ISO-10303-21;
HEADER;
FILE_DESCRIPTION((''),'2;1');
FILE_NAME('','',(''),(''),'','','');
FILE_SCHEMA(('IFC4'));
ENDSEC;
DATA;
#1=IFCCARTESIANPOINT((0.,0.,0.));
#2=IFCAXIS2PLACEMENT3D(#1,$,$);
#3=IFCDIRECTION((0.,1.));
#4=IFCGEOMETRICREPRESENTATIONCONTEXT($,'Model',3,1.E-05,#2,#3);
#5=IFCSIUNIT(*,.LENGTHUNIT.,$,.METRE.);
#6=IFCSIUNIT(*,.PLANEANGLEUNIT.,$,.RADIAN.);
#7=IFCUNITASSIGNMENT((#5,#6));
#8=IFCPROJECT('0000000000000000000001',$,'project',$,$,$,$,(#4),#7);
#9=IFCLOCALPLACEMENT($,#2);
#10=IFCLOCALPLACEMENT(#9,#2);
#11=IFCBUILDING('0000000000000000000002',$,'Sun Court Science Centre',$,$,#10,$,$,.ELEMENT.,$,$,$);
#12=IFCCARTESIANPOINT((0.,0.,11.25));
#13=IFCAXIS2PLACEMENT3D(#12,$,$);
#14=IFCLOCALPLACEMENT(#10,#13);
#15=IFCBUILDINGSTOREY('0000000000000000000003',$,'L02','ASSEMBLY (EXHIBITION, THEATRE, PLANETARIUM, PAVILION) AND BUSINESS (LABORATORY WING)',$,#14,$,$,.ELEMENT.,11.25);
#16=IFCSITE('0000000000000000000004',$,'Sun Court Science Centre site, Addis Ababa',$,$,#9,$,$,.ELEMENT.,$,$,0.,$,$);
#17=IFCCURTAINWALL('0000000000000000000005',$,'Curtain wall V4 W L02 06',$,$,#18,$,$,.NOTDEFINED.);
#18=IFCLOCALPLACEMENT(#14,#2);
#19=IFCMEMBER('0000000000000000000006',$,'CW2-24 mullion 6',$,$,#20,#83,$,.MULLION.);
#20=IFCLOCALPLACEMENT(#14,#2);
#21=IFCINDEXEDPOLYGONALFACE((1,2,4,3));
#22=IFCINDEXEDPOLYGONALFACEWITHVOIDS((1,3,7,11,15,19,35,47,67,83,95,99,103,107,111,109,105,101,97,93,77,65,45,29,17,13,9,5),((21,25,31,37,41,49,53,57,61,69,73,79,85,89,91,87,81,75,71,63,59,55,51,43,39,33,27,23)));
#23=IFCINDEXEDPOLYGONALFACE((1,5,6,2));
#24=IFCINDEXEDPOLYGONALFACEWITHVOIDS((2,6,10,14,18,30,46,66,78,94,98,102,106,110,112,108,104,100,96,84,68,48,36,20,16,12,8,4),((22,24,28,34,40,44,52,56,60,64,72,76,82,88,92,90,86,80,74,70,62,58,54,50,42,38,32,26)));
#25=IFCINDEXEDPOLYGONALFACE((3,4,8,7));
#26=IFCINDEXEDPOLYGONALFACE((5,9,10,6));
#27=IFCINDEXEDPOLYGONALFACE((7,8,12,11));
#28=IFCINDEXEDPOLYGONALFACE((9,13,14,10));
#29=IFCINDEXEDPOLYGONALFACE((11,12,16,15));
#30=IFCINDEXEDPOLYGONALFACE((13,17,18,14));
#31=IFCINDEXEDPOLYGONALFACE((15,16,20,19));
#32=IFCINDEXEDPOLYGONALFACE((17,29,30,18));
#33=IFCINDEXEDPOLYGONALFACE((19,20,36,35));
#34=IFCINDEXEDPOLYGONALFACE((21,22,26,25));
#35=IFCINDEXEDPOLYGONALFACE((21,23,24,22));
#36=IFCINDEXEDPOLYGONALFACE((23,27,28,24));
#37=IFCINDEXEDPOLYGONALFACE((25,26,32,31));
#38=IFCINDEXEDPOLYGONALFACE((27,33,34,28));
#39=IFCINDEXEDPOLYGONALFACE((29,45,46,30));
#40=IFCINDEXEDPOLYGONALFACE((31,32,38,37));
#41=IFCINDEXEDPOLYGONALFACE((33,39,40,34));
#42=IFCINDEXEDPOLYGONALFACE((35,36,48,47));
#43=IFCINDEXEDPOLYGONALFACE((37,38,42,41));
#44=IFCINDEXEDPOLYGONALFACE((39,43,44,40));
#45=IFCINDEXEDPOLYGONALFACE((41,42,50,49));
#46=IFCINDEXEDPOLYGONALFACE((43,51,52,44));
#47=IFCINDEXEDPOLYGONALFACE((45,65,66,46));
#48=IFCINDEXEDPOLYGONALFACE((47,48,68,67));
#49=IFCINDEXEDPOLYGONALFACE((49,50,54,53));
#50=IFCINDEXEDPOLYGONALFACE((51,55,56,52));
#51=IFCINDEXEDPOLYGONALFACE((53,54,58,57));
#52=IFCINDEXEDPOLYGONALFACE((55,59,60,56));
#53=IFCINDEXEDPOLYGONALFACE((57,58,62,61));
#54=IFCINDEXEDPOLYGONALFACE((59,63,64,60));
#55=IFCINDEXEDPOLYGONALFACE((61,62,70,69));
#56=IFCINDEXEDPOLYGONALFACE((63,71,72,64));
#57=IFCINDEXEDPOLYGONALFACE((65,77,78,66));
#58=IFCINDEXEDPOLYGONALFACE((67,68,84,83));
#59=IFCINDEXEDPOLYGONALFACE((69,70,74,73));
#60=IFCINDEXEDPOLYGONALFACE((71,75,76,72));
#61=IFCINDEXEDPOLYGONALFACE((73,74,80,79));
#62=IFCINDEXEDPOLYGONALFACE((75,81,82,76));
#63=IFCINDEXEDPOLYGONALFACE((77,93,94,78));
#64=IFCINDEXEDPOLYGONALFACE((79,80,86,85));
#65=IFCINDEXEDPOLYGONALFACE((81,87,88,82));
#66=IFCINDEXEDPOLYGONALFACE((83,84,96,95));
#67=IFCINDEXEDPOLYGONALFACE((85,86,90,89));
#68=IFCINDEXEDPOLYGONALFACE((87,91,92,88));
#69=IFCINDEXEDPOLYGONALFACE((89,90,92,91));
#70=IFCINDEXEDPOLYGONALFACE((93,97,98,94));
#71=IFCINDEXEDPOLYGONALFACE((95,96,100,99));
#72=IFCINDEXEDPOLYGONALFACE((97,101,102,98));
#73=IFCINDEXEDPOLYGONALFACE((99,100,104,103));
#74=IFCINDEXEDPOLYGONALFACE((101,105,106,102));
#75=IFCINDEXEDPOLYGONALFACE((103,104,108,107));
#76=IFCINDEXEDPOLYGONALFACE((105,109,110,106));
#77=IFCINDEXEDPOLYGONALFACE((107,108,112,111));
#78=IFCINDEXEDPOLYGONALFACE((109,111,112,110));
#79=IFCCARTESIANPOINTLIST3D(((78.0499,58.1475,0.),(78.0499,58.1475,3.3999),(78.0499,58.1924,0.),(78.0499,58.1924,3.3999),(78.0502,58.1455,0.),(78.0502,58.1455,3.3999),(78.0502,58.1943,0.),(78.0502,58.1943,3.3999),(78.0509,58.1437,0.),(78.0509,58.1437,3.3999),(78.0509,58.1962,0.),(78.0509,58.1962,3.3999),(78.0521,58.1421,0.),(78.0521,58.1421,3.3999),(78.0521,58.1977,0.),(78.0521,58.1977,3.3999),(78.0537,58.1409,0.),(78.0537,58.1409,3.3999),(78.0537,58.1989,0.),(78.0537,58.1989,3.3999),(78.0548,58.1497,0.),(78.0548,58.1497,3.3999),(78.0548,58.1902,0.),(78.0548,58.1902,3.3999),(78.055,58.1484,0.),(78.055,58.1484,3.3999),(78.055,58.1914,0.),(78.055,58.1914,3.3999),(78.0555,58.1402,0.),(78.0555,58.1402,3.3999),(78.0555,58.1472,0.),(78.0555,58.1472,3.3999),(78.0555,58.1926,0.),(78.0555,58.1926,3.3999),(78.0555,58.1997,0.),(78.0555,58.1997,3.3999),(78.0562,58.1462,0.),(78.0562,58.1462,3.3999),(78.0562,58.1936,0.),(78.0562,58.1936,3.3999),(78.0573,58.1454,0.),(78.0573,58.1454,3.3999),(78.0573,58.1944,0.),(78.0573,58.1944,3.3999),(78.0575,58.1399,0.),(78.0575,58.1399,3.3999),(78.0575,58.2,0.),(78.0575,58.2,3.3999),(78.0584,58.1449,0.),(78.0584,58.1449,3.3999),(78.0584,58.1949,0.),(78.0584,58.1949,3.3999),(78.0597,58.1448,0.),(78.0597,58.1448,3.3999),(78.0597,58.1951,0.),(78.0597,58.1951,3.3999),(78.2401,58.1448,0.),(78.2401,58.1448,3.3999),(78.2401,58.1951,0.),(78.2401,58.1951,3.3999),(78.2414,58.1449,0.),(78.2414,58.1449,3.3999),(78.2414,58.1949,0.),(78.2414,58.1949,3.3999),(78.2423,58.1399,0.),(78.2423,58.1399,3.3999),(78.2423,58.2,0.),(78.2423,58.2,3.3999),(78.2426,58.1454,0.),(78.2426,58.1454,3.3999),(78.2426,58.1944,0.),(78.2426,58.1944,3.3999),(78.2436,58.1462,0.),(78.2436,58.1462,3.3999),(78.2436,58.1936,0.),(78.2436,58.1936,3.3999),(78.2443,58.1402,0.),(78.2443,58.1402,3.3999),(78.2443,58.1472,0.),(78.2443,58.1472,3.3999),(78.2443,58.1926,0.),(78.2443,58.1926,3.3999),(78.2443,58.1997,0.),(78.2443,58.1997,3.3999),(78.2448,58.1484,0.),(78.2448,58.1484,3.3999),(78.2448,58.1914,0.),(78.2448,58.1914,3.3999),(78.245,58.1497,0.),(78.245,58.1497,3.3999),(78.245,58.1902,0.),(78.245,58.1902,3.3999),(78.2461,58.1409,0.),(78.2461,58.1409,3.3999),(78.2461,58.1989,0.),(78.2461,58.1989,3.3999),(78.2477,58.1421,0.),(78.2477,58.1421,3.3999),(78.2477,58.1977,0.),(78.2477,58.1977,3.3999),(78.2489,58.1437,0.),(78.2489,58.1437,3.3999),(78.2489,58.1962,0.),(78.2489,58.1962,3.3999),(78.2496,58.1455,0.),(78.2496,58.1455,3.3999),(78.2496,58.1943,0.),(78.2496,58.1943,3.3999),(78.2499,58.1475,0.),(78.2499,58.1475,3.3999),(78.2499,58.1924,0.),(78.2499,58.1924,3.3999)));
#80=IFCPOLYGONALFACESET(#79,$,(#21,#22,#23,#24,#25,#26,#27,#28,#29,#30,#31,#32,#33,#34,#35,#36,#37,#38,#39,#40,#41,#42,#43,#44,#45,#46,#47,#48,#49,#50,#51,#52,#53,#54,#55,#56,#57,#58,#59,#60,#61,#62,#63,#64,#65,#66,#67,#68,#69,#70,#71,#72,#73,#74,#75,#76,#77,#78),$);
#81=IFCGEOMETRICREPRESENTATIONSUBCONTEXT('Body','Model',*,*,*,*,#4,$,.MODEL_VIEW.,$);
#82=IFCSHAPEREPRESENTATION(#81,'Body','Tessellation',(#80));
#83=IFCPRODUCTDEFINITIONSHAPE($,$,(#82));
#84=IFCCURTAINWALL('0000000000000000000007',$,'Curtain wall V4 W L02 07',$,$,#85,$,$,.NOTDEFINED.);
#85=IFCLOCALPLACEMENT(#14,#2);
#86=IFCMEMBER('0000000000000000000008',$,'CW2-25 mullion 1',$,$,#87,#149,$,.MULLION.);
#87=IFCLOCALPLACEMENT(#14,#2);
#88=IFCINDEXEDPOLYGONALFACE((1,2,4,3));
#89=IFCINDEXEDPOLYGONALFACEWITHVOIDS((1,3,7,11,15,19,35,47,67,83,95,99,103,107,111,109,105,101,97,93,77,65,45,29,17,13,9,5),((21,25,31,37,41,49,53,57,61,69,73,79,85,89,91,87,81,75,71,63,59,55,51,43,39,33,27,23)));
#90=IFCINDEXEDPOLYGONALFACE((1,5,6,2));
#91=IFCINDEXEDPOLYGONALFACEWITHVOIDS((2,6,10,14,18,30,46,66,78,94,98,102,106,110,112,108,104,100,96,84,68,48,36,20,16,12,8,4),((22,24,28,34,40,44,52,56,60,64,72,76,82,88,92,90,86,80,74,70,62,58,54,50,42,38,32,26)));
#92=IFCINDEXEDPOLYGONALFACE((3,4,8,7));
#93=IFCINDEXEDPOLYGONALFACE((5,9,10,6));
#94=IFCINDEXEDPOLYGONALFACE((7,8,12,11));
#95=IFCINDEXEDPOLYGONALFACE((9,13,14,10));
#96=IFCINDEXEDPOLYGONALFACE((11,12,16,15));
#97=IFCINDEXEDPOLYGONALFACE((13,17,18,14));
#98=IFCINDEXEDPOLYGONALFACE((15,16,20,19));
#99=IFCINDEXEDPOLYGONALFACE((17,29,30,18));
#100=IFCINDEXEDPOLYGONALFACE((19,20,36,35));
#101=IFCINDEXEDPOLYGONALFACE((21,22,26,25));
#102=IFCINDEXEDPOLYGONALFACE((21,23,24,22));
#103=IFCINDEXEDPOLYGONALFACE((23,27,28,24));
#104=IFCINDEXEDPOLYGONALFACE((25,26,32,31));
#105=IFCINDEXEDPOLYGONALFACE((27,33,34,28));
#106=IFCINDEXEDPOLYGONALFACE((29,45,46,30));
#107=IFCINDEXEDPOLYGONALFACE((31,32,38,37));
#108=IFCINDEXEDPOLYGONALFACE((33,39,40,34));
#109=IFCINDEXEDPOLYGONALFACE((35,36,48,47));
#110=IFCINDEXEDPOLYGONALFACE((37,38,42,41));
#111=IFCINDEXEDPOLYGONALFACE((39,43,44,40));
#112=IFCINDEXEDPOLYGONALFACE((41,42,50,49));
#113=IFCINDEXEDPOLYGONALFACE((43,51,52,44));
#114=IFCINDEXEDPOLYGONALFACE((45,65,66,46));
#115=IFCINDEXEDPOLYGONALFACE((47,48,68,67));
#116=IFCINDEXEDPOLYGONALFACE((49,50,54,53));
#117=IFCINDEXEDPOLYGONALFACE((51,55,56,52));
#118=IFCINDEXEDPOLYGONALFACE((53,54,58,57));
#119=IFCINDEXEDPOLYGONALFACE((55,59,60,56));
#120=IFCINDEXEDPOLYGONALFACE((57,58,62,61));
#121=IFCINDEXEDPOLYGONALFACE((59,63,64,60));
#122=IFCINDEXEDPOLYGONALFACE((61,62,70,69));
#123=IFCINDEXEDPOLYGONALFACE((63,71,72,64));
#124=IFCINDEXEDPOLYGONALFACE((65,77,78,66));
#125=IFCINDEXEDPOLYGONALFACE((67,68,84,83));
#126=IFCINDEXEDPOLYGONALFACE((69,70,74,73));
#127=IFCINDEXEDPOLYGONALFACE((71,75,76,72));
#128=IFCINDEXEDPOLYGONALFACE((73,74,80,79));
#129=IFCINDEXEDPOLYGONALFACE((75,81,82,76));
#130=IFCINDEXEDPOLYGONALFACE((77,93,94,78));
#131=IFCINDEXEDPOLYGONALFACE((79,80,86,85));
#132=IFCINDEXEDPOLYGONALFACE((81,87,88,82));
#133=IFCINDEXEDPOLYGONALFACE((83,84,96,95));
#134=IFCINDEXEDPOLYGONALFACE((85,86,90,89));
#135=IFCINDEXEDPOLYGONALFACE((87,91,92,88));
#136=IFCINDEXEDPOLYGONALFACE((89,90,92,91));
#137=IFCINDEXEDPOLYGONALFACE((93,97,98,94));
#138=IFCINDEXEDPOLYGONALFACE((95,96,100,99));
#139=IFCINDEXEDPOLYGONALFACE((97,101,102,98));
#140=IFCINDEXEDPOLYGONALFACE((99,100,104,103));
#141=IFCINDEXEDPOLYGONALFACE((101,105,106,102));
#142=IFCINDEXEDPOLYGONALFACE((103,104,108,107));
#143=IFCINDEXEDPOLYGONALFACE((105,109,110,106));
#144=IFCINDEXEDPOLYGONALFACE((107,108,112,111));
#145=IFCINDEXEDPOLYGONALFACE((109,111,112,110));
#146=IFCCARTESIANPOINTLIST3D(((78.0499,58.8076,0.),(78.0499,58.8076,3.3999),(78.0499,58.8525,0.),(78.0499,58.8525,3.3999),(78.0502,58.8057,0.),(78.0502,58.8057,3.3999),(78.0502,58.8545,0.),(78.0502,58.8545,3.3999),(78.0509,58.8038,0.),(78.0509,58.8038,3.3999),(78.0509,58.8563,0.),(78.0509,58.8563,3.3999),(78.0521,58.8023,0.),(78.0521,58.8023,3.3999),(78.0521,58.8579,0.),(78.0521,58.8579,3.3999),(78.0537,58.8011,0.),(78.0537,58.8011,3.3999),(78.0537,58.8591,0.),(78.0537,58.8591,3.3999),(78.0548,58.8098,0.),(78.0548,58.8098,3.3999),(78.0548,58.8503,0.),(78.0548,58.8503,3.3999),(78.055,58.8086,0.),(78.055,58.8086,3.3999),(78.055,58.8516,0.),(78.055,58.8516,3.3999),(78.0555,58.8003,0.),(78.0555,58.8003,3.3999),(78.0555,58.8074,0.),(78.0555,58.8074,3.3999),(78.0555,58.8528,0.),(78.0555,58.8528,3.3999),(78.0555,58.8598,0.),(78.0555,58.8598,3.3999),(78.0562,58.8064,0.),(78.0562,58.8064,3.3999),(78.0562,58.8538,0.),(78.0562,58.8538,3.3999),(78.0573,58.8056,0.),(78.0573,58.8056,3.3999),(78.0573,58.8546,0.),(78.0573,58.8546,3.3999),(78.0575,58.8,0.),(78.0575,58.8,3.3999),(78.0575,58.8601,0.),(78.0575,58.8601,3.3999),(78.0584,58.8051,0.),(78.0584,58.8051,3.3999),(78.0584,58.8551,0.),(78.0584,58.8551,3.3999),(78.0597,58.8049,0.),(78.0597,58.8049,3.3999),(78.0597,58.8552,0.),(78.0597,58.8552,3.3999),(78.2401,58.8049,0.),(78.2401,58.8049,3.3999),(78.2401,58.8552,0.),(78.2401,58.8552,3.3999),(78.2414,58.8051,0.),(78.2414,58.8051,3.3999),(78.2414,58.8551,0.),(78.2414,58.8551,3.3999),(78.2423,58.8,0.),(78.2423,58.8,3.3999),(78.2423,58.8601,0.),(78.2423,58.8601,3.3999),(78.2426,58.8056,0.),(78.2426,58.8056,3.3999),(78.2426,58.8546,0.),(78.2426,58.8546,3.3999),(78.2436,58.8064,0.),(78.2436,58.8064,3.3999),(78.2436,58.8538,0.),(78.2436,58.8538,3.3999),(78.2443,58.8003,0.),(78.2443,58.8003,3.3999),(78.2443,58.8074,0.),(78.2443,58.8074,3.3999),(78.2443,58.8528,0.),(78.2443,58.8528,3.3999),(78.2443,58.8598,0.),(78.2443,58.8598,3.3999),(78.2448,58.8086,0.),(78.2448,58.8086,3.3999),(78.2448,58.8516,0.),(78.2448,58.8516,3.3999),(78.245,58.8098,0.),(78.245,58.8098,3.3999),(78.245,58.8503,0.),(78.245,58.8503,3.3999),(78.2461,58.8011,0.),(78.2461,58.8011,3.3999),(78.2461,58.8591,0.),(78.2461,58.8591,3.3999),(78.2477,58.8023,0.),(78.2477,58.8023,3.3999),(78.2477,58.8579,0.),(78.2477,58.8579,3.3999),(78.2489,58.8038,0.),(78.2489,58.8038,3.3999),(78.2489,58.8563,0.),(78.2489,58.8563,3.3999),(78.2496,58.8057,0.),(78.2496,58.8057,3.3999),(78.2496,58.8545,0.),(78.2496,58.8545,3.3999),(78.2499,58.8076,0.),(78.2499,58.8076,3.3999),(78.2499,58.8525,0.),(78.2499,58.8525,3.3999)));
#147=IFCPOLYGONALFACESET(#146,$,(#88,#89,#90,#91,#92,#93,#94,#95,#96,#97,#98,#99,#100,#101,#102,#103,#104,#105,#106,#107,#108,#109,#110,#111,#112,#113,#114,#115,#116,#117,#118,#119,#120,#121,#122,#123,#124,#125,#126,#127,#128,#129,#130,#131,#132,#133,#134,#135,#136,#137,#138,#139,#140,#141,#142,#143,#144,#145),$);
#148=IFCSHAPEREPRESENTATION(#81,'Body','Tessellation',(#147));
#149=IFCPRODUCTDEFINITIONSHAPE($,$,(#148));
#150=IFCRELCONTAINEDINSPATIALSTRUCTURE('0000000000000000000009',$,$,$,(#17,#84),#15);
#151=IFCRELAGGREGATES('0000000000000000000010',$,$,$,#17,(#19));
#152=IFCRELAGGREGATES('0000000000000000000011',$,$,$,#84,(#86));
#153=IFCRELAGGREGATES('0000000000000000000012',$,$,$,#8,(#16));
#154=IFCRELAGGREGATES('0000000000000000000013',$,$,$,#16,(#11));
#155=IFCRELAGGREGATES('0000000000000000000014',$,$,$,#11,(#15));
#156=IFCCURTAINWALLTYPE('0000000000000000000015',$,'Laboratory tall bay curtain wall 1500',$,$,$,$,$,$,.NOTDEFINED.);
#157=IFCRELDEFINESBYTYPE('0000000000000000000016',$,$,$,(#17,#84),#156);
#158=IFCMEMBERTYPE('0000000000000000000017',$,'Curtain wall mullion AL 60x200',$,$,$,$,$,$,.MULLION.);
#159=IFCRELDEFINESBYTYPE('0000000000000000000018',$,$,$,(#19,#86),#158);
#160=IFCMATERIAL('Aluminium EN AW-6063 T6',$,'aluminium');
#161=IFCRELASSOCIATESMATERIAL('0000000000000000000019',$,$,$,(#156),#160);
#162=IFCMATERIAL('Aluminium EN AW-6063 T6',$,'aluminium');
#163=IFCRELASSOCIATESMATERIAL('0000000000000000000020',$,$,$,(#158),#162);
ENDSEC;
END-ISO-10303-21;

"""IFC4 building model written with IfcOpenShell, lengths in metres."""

from ifc_helpers import new_model, si_unit, direction, frame, origin, origin_2d, place, context, subcontext, project, spatial, hollow_rectangle, extrude, material, material_profile, profile_set, type_object, element, aggregate, save


model = new_model("IFC4")

# Units and contexts
model_context = context("Model", 3, precision=1e-05, world=origin(), true_north=direction((0.0, 1.0)))
body_context = subcontext(model_context, "Body", "Model", "MODEL_VIEW")
ifc_project = project(units=[si_unit("LENGTHUNIT", "METRE"), si_unit("PLANEANGLEUNIT", "RADIAN")], contexts=[model_context])

# Site, building, storey
site_placement = place(None, origin())
site = spatial("IfcSite", under=ifc_project, at=site_placement, Name="Sun Court Science Centre site, Addis Ababa", CompositionType="ELEMENT", RefElevation=0.0)
building_placement = place(site_placement, origin())
building = spatial("IfcBuilding", under=site, at=building_placement, Name="Sun Court Science Centre", CompositionType="ELEMENT")
storey_placement = place(building_placement, frame((0.0, 0.0, 11.25)))
storey = spatial("IfcBuildingStorey", under=building, at=storey_placement, Name="L02", Description="ASSEMBLY (EXHIBITION, THEATRE, PLANETARIUM, PAVILION) AND BUSINESS (LABORATORY WING)", CompositionType="ELEMENT", Elevation=11.25)

# Curtain wall, member
ifc_material_1 = material(Name="Aluminium EN AW-6063 T6", Category="aluminium")
curtain_wall_type = type_object("IfcCurtainWallType", Name="Laboratory tall bay curtain wall 1500", PredefinedType="NOTDEFINED", material=ifc_material_1)
curtain_wall_1_placement = place(storey_placement, origin())
curtain_wall_1 = element("IfcCurtainWall", 1, at=curtain_wall_1_placement, inside=storey, type_object=curtain_wall_type, Name="Curtain wall V4 W L02 06", PredefinedType="NOTDEFINED")
ifc_material_2 = material(Name="Aluminium EN AW-6063 T6", Category="aluminium")
ifc_material_profile_1 = material_profile(ifc_material_2, hollow_rectangle(XDim=0.0601, YDim=0.2, WallThickness=0.0049, InnerFilletRadius=0.0049, OuterFilletRadius=0.0076, at=origin_2d()), Name="AL 60x200x5")
ifc_profile_set_1 = profile_set([ifc_material_profile_1], Name="Aluminium EN AW-6063 T6")
member_type_1 = type_object("IfcMemberType", Name="Curtain wall mullion AL 60x200", PredefinedType="MULLION", material=ifc_profile_set_1)
member_1_placement = place(storey_placement, frame((78.1499, 58.1699, 0.0), z_axis=(0.0, 0.0, 1.0), x_axis=(0.0, 1.0, 0.0)))
member_1 = element("IfcMember", 2, at=member_1_placement, type_object=member_type_1, Name="CW2-24 mullion 6", PredefinedType="MULLION", context=body_context, shape_type="SweptSolid", body=[
    extrude(hollow_rectangle(XDim=0.0601, YDim=0.2, WallThickness=0.0049, InnerFilletRadius=0.0049, OuterFilletRadius=0.0076, at=origin_2d()), origin(), (0.0, 0.0, 1.0), 3.3999),
])

# Curtain wall, member
curtain_wall_2_placement = place(storey_placement, origin())
curtain_wall_2 = element("IfcCurtainWall", 3, at=curtain_wall_2_placement, inside=storey, type_object=curtain_wall_type, Name="Curtain wall V4 W L02 07", PredefinedType="NOTDEFINED")
member_2_placement = place(storey_placement, frame((78.1499, 58.8301, 0.0), z_axis=(0.0, 0.0, 1.0), x_axis=(0.0, 1.0, 0.0)))
member_2 = element("IfcMember", 4, at=member_2_placement, type_object=member_type_1, Name="CW2-25 mullion 1", PredefinedType="MULLION", context=body_context, shape_type="SweptSolid", body=[
    extrude(hollow_rectangle(XDim=0.0601, YDim=0.2, WallThickness=0.0049, InnerFilletRadius=0.0049, OuterFilletRadius=0.0076, at=origin_2d()), origin(), (0.0, 0.0, 1.0), 3.3999),
])

aggregate(curtain_wall_1, [member_1])
aggregate(curtain_wall_2, [member_2])

save(model, "model.ifc")
